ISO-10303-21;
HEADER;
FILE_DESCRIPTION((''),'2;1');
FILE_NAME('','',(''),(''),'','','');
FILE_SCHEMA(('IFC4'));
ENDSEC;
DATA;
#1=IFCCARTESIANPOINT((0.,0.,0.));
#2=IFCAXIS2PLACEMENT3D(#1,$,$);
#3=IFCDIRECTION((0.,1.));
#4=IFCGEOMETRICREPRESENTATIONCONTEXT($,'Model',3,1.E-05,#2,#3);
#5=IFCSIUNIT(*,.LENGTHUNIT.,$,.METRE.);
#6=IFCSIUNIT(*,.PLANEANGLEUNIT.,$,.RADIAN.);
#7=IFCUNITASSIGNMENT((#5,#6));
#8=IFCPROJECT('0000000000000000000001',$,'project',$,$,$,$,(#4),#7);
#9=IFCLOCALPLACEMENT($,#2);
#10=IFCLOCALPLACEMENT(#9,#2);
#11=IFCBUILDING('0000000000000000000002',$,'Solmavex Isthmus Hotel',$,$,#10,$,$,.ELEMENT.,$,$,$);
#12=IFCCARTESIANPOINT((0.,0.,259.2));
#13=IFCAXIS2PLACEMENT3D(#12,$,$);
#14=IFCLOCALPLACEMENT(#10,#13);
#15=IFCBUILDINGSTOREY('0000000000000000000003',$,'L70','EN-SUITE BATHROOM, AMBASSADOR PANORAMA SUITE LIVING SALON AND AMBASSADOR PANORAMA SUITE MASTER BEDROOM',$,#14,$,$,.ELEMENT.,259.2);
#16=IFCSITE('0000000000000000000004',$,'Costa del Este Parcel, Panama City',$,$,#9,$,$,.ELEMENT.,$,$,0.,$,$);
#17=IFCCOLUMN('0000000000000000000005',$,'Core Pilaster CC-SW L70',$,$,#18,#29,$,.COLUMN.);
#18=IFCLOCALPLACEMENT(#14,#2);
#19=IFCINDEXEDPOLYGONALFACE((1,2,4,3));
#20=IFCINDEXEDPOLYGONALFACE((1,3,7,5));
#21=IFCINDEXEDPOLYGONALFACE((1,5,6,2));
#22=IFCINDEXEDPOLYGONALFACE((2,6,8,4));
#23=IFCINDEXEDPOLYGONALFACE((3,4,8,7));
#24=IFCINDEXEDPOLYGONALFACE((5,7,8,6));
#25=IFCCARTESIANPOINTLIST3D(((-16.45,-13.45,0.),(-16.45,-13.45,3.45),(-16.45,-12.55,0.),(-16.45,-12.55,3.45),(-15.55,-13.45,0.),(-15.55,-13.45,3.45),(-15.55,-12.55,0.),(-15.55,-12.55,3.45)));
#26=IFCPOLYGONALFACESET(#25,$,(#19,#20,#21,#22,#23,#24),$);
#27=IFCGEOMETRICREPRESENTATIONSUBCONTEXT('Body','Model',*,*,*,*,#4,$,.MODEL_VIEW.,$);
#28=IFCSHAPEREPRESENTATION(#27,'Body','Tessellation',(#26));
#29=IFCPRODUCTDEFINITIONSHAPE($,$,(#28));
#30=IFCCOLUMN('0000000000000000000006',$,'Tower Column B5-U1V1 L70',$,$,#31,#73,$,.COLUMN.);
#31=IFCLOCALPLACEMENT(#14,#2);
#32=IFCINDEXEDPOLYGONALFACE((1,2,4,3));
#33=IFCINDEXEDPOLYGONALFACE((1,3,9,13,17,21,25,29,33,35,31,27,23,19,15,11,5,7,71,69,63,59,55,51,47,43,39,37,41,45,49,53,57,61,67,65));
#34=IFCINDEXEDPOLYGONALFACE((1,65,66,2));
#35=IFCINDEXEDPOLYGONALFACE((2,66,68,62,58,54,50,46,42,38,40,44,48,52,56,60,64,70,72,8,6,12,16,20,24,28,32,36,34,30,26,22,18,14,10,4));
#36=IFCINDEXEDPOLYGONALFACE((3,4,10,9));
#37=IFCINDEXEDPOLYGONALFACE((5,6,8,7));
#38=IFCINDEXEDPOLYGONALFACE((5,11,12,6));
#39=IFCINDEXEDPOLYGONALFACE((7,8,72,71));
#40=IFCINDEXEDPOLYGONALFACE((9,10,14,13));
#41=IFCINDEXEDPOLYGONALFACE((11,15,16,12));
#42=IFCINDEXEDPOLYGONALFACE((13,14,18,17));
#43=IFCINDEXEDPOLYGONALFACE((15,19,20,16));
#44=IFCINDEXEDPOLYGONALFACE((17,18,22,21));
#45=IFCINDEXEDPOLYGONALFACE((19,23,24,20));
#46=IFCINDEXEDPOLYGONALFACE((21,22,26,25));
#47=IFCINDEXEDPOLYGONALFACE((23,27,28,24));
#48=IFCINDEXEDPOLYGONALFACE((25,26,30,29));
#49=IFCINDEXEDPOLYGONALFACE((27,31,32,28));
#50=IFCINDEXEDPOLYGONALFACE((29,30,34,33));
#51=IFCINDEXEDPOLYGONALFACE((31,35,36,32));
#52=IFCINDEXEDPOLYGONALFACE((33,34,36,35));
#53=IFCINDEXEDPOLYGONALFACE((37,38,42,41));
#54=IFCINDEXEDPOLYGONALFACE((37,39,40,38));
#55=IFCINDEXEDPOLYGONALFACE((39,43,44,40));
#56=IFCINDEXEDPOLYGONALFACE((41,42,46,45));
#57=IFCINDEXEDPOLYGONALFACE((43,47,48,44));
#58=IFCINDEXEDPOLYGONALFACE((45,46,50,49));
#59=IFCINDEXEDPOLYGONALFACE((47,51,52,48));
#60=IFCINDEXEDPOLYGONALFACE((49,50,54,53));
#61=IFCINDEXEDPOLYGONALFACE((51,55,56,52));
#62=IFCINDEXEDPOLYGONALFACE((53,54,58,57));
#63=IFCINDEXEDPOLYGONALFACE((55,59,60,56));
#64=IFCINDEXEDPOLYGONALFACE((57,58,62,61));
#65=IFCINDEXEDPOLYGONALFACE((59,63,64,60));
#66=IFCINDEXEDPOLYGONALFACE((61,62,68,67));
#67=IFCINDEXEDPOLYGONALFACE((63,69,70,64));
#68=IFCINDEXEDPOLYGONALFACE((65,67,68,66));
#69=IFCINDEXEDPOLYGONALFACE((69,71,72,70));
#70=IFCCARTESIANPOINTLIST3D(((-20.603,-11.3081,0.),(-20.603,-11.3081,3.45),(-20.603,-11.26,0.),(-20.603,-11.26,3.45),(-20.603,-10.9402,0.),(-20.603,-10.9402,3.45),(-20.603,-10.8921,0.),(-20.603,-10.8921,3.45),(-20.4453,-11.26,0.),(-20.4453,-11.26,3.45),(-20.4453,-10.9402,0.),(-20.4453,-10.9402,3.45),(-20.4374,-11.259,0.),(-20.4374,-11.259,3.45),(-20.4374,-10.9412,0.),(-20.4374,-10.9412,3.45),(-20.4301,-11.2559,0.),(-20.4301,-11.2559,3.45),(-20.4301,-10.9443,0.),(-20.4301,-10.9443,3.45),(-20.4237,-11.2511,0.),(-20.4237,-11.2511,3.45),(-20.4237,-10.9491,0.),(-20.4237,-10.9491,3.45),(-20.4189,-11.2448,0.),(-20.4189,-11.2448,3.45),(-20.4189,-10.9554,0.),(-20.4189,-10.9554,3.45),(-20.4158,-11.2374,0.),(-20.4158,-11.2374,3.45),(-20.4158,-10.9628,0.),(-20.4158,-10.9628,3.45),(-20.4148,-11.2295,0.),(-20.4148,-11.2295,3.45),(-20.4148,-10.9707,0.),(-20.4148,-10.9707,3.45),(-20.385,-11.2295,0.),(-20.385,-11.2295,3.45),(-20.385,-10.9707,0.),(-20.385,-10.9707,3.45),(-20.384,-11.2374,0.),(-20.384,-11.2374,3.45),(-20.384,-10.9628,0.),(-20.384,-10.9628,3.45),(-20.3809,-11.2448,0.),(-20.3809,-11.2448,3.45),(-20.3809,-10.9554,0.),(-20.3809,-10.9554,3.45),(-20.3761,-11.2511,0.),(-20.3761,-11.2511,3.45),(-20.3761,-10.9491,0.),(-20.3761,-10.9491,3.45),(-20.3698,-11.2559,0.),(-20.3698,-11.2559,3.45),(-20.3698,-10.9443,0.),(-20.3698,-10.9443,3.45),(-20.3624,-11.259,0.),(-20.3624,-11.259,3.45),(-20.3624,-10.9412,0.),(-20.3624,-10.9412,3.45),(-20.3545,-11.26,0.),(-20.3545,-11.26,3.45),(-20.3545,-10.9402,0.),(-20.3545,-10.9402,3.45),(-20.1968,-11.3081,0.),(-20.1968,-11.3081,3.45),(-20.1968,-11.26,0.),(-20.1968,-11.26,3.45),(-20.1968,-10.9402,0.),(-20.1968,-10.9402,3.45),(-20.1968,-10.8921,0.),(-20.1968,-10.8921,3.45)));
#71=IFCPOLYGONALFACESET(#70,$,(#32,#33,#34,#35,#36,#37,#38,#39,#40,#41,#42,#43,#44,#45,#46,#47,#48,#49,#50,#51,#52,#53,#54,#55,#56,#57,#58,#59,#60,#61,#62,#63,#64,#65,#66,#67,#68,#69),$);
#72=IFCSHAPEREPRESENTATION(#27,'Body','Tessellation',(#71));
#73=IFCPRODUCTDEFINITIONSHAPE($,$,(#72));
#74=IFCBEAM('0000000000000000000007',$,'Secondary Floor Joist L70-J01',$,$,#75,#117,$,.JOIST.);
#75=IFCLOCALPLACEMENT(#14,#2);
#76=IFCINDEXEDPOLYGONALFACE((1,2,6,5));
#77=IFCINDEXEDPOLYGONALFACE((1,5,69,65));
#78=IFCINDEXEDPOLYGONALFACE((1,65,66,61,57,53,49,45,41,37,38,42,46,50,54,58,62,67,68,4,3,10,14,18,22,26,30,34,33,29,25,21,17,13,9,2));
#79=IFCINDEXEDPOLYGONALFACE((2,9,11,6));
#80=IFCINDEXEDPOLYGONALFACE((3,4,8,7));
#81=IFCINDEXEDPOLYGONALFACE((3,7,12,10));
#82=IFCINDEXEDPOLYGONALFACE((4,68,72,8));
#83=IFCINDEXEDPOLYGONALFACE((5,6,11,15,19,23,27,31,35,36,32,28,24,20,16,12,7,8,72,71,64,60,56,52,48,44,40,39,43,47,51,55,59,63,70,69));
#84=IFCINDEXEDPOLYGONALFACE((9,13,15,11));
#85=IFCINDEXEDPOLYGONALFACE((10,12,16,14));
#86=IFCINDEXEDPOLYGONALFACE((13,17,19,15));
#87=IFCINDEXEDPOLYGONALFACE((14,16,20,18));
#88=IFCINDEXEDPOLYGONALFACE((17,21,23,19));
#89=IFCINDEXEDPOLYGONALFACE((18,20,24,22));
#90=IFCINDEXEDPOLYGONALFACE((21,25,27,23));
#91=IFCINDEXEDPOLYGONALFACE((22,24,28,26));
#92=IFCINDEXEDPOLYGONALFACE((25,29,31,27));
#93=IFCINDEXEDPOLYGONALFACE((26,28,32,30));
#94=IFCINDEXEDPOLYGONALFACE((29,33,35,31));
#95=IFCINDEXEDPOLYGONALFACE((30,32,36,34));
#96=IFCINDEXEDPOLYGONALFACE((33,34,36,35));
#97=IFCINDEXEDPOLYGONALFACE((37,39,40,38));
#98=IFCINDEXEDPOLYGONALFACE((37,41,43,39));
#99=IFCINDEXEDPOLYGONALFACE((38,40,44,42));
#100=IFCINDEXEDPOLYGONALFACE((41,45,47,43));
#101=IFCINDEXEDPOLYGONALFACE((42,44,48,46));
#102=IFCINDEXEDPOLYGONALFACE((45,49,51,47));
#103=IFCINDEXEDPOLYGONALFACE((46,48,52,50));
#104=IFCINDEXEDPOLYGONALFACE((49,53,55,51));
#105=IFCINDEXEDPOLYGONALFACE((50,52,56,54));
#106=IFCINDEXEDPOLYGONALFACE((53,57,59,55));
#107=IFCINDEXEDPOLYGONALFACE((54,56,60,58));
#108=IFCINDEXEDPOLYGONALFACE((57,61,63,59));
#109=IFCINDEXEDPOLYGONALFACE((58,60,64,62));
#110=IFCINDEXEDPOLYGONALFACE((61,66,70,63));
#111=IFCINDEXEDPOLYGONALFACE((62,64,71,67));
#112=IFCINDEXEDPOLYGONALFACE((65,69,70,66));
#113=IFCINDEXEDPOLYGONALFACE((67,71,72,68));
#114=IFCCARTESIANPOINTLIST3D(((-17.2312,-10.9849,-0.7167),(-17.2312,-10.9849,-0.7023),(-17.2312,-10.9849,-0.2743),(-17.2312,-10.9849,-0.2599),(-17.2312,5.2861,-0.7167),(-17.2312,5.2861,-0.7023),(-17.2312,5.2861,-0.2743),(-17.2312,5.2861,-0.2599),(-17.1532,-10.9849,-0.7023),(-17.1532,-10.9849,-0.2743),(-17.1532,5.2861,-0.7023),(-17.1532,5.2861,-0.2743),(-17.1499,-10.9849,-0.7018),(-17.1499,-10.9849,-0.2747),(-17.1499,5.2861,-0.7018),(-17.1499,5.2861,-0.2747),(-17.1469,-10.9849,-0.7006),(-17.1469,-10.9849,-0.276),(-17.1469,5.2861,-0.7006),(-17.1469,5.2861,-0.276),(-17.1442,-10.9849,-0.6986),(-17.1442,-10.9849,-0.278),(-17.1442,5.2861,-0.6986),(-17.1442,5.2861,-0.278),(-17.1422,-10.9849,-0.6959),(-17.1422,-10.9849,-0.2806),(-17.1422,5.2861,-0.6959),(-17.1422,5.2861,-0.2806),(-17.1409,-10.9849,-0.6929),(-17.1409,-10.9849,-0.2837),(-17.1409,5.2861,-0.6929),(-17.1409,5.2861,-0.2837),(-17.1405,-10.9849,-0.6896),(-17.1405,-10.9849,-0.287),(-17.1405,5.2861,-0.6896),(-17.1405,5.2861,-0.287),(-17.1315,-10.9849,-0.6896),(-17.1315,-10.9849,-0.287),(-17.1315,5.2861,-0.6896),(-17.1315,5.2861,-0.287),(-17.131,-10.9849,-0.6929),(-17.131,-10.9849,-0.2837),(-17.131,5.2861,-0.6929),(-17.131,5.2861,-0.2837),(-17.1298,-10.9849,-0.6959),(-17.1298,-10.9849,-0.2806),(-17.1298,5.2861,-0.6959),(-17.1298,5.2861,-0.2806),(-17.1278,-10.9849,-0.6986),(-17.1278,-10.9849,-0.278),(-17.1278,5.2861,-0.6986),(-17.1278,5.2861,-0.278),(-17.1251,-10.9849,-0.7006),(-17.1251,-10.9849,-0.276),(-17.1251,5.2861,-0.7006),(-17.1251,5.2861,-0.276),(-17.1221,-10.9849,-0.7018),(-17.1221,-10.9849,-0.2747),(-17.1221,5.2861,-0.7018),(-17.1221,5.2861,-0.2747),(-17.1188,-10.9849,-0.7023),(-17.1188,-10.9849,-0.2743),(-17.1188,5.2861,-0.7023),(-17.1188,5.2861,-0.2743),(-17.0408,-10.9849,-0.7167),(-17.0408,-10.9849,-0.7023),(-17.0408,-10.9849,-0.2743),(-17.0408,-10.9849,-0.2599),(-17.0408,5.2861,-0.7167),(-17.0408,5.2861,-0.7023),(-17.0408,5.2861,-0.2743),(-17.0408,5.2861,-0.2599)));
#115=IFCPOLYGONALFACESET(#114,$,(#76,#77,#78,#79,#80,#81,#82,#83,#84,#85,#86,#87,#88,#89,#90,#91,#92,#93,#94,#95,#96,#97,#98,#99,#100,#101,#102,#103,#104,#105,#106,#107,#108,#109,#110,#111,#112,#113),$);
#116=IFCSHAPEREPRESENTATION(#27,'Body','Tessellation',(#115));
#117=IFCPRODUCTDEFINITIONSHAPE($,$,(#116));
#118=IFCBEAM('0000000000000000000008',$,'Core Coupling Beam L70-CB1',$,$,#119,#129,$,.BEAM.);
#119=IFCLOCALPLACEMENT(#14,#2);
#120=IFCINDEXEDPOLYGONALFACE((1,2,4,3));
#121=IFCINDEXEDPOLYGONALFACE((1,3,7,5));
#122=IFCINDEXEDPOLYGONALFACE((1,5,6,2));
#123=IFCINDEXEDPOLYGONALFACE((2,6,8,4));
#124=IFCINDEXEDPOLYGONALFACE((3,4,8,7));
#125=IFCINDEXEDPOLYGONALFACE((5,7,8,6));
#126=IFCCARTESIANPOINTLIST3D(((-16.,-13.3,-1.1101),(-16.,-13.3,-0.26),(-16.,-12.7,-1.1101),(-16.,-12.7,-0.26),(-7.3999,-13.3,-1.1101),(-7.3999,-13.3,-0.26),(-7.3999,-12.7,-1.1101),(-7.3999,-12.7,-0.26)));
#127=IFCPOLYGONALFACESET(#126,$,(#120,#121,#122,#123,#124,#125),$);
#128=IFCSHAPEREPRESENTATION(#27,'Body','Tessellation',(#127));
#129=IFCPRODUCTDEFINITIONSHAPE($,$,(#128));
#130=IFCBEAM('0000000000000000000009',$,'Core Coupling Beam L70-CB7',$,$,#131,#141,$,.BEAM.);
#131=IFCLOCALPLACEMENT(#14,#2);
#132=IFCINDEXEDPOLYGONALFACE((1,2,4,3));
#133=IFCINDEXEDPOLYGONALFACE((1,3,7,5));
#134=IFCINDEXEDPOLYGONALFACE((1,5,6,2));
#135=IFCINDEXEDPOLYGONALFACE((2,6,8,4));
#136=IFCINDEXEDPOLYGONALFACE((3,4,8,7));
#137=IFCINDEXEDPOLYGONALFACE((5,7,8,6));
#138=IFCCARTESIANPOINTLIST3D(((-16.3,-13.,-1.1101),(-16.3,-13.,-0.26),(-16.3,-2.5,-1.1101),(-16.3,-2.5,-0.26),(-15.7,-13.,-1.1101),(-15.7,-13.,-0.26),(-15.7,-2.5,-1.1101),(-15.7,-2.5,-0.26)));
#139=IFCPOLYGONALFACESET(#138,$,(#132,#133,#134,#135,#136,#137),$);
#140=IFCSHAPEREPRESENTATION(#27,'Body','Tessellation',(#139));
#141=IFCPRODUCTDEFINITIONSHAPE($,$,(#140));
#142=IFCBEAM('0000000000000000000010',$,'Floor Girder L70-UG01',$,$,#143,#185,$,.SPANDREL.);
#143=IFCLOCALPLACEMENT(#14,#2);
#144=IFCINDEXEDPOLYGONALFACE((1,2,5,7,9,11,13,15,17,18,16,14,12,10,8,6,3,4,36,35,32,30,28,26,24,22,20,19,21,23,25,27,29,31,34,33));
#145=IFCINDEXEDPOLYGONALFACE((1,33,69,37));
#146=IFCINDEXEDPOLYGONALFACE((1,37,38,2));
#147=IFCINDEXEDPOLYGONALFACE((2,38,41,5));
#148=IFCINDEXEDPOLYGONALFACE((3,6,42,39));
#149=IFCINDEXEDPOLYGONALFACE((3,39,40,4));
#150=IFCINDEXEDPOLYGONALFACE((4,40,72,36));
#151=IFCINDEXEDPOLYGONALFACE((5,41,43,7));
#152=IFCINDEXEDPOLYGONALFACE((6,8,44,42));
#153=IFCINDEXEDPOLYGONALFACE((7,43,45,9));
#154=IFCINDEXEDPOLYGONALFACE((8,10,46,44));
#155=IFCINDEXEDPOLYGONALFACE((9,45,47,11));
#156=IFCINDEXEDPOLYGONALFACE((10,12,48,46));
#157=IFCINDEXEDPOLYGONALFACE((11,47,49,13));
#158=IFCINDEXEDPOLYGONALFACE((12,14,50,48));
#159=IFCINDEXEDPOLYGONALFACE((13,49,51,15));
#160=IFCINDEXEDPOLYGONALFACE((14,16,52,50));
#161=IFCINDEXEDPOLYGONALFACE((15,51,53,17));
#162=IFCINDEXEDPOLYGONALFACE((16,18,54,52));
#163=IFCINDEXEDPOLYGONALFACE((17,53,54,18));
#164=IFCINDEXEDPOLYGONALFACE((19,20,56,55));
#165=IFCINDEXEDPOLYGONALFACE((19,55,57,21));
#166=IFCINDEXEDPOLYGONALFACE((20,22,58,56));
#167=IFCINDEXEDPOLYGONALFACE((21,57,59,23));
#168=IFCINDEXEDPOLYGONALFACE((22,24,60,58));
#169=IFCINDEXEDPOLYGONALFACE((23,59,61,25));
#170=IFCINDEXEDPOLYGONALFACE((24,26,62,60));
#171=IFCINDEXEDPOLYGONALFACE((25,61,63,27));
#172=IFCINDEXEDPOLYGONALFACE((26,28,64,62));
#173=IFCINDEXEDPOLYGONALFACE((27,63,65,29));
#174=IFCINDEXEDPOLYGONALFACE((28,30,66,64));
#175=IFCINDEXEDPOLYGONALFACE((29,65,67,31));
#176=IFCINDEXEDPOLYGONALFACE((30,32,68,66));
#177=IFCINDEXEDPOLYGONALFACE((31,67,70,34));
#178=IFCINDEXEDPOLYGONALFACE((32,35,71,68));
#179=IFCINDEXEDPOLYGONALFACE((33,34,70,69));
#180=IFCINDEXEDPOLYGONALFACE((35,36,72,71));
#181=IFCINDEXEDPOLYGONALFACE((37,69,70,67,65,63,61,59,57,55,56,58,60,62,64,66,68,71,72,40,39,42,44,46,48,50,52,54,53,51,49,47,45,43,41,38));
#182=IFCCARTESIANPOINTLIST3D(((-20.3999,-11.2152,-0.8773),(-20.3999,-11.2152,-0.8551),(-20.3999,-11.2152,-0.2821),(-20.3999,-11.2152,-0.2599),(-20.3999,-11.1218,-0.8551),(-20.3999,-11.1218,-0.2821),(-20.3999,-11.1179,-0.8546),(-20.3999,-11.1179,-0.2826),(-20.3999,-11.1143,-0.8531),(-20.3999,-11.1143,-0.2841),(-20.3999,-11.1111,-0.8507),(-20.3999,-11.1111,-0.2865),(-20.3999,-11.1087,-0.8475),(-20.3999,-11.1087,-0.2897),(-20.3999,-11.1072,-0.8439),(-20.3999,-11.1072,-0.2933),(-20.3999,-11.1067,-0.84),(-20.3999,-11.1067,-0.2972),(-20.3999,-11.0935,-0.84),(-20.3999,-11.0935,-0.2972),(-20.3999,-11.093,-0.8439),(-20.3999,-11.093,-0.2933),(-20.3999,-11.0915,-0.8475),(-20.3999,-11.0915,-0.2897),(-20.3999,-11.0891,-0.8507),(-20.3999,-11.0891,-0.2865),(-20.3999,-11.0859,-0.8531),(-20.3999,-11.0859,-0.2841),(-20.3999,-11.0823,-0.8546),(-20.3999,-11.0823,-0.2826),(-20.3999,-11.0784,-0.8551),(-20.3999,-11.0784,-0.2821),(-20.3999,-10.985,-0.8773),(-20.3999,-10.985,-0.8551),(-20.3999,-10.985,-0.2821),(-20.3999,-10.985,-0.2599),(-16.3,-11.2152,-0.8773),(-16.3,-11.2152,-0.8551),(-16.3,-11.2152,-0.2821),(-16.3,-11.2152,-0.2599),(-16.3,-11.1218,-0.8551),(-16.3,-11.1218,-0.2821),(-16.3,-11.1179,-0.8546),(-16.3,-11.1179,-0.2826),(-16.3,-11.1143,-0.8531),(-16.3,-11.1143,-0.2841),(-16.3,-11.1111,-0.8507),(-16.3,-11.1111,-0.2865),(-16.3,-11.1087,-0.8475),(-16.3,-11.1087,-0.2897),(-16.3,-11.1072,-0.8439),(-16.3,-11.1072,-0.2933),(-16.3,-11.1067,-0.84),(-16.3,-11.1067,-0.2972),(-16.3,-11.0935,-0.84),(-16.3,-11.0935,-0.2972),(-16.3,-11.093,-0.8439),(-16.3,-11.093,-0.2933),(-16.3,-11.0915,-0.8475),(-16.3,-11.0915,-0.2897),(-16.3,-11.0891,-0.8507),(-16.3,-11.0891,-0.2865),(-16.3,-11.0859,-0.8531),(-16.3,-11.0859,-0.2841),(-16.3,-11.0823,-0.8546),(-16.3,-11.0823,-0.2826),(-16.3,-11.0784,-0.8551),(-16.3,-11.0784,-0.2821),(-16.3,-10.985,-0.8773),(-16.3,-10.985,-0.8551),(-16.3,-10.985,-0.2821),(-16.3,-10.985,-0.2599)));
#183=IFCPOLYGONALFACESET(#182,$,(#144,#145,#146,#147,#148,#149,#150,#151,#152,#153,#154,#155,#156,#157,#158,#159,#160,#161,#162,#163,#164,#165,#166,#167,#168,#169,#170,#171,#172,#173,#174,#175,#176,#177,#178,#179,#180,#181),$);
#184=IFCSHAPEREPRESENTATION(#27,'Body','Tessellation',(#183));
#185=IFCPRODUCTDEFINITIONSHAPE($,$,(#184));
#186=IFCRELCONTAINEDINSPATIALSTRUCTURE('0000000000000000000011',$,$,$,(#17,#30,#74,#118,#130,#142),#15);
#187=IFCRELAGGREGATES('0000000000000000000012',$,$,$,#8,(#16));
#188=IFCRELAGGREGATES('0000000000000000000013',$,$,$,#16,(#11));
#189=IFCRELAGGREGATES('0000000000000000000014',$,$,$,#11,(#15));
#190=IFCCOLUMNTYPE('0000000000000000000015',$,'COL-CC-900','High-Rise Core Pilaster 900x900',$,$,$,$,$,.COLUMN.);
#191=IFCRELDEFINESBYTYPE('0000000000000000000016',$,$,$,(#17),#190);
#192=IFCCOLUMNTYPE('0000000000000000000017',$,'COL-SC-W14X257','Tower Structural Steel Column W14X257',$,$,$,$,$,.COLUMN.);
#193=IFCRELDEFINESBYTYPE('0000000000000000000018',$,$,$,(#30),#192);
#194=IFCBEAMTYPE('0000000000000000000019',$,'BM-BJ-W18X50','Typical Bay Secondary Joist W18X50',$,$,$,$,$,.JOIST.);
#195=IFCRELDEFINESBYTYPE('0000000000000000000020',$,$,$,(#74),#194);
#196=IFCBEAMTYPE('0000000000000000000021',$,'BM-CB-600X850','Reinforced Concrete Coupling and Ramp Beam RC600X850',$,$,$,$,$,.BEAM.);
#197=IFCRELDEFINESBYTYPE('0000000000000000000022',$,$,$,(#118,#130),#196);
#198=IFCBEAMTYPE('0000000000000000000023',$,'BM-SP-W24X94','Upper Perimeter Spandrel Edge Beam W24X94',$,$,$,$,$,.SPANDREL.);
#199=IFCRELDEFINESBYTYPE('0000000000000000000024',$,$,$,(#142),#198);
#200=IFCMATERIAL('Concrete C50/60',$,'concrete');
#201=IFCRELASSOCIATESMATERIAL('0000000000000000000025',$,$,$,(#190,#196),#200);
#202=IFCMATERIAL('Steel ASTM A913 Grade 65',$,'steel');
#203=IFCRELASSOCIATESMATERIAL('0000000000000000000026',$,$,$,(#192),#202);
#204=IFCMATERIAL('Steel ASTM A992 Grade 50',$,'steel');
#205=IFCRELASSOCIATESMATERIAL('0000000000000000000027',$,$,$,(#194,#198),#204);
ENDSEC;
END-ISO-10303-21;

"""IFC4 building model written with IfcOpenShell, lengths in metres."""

from ifc_helpers import new_model, si_unit, direction, frame, origin, origin_2d, place, context, subcontext, project, spatial, rectangle, i_section, extrude, material, material_profile, profile_set, type_object, element, save


model = new_model("IFC4")

# Units and contexts
model_context = context("Model", 3, precision=1e-05, world=origin(), true_north=direction((0.0, 1.0)))
body_context = subcontext(model_context, "Body", "Model", "MODEL_VIEW")
ifc_project = project(units=[si_unit("LENGTHUNIT", "METRE"), si_unit("PLANEANGLEUNIT", "RADIAN")], contexts=[model_context])

# Site, building, storey
site_placement = place(None, origin())
site = spatial("IfcSite", under=ifc_project, at=site_placement, Name="Costa del Este Parcel, Panama City", CompositionType="ELEMENT", RefElevation=0.0)
building_placement = place(site_placement, origin())
building = spatial("IfcBuilding", under=site, at=building_placement, Name="Solmavex Isthmus Hotel", CompositionType="ELEMENT")
storey_placement = place(building_placement, frame((0.0, 0.0, 259.2)))
storey = spatial("IfcBuildingStorey", under=building, at=storey_placement, Name="L70", Description="EN-SUITE BATHROOM, AMBASSADOR PANORAMA SUITE LIVING SALON AND AMBASSADOR PANORAMA SUITE MASTER BEDROOM", CompositionType="ELEMENT", Elevation=259.2)

# Columns
ifc_material_1 = material(Name="Concrete C50/60", Category="concrete")
ifc_material_profile_1 = material_profile(ifc_material_1, rectangle(XDim=0.8999, YDim=0.8999, at=origin_2d()), Name="RC900X900")
ifc_profile_set_1 = profile_set([ifc_material_profile_1], Name="Concrete C50/60")
column_type_1 = type_object("IfcColumnType", Name="COL-CC-900", Description="High-Rise Core Pilaster 900x900", PredefinedType="COLUMN", material=ifc_profile_set_1)
column_1_placement = place(storey_placement, frame((-16.0, -13.0, 0.0), z_axis=(0.0, 0.0, 1.0), x_axis=(1.0, 0.0, 0.0)))
element("IfcColumn", 1, at=column_1_placement, inside=storey, type_object=column_type_1, Name="Core Pilaster CC-SW L70", PredefinedType="COLUMN", context=body_context, shape_type="SweptSolid", body=[
    extrude(rectangle(XDim=0.8999, YDim=0.8999, at=origin_2d()), origin(), (0.0, 0.0, 1.0), 3.45),
])
ifc_material_2 = material(Name="Steel ASTM A913 Grade 65", Category="steel")
ifc_material_profile_2 = material_profile(ifc_material_2, i_section(OverallWidth=0.4062, OverallDepth=0.416, WebThickness=0.0298, FlangeThickness=0.0481, FilletRadius=0.0305, at=origin_2d()), Name="W14X257")
ifc_profile_set_2 = profile_set([ifc_material_profile_2], Name="Steel ASTM A913 Grade 65")
column_type_2 = type_object("IfcColumnType", Name="COL-SC-W14X257", Description="Tower Structural Steel Column W14X257", PredefinedType="COLUMN", material=ifc_profile_set_2)
column_2_placement = place(storey_placement, frame((-20.3999, -11.1001, 0.0), z_axis=(0.0, 0.0, 1.0), x_axis=(1.0, 0.0, 0.0)))
element("IfcColumn", 2, at=column_2_placement, inside=storey, type_object=column_type_2, Name="Tower Column B5-U1V1 L70", PredefinedType="COLUMN", context=body_context, shape_type="SweptSolid", body=[
    extrude(i_section(OverallWidth=0.4062, OverallDepth=0.416, WebThickness=0.0298, FlangeThickness=0.0481, FilletRadius=0.0305, at=origin_2d()), origin(), (0.0, 0.0, 1.0), 3.45),
])

# Beams
ifc_material_3 = material(Name="Steel ASTM A992 Grade 50", Category="steel")
ifc_material_profile_3 = material_profile(ifc_material_3, i_section(OverallWidth=0.1904, OverallDepth=0.4568, WebThickness=0.009, FlangeThickness=0.0144, FilletRadius=0.0127, at=origin_2d()), Name="W18X50")
ifc_profile_set_3 = profile_set([ifc_material_profile_3], Name="Steel ASTM A992 Grade 50")
beam_type_1 = type_object("IfcBeamType", Name="BM-BJ-W18X50", Description="Typical Bay Secondary Joist W18X50", PredefinedType="JOIST", material=ifc_profile_set_3)
beam_1_placement = place(storey_placement, frame((-17.136, -10.9849, -0.4883), z_axis=(0.0, 1.0, 0.0), x_axis=(-1.0, 0.0, 0.0)))
element("IfcBeam", 3, at=beam_1_placement, inside=storey, type_object=beam_type_1, Name="Secondary Floor Joist L70-J01", PredefinedType="JOIST", context=body_context, shape_type="SweptSolid", body=[
    extrude(i_section(OverallWidth=0.1904, OverallDepth=0.4568, WebThickness=0.009, FlangeThickness=0.0144, FilletRadius=0.0127, at=origin_2d()), origin(), (0.0, 0.0, 1.0), 16.271),
])
ifc_material_profile_4 = material_profile(ifc_material_1, rectangle(XDim=0.6001, YDim=0.8501, at=origin_2d()), Name="RC600X850")
ifc_profile_set_4 = profile_set([ifc_material_profile_4], Name="Concrete C50/60")
beam_type_2 = type_object("IfcBeamType", Name="BM-CB-600X850", Description="Reinforced Concrete Coupling and Ramp Beam RC600X850", PredefinedType="BEAM", material=ifc_profile_set_4)
beam_2_placement = place(storey_placement, frame((-16.0, -13.0, -0.6851), z_axis=(1.0, 0.0, 0.0), x_axis=(0.0, 1.0, 0.0)))
element("IfcBeam", 4, at=beam_2_placement, inside=storey, type_object=beam_type_2, Name="Core Coupling Beam L70-CB1", PredefinedType="BEAM", context=body_context, shape_type="SweptSolid", body=[
    extrude(rectangle(XDim=0.6001, YDim=0.8501, at=origin_2d()), origin(), (0.0, 0.0, 1.0), 8.6001),
])
beam_3_placement = place(storey_placement, frame((-16.0, -13.0, -0.6851), z_axis=(0.0, 1.0, 0.0), x_axis=(-1.0, 0.0, 0.0)))
element("IfcBeam", 5, at=beam_3_placement, inside=storey, type_object=beam_type_2, Name="Core Coupling Beam L70-CB7", PredefinedType="BEAM", context=body_context, shape_type="SweptSolid", body=[
    extrude(rectangle(XDim=0.6001, YDim=0.8501, at=origin_2d()), origin(), (0.0, 0.0, 1.0), 10.5),
])
ifc_material_profile_5 = material_profile(ifc_material_3, i_section(OverallWidth=0.2302, OverallDepth=0.6174, WebThickness=0.0132, FlangeThickness=0.0222, FilletRadius=0.0151, at=origin_2d()), Name="W24X94")
ifc_profile_set_5 = profile_set([ifc_material_profile_5], Name="Steel ASTM A992 Grade 50")
beam_type_3 = type_object("IfcBeamType", Name="BM-SP-W24X94", Description="Upper Perimeter Spandrel Edge Beam W24X94", PredefinedType="SPANDREL", material=ifc_profile_set_5)
beam_4_placement = place(storey_placement, frame((-20.3999, -11.1001, -0.5686), z_axis=(1.0, 0.0, 0.0), x_axis=(0.0, 1.0, 0.0)))
element("IfcBeam", 6, at=beam_4_placement, inside=storey, type_object=beam_type_3, Name="Floor Girder L70-UG01", PredefinedType="SPANDREL", context=body_context, shape_type="SweptSolid", body=[
    extrude(i_section(OverallWidth=0.2302, OverallDepth=0.6174, WebThickness=0.0132, FlangeThickness=0.0222, FilletRadius=0.0151, at=origin_2d()), origin(), (0.0, 0.0, 1.0), 4.0999),
])

save(model, "model.ifc")
